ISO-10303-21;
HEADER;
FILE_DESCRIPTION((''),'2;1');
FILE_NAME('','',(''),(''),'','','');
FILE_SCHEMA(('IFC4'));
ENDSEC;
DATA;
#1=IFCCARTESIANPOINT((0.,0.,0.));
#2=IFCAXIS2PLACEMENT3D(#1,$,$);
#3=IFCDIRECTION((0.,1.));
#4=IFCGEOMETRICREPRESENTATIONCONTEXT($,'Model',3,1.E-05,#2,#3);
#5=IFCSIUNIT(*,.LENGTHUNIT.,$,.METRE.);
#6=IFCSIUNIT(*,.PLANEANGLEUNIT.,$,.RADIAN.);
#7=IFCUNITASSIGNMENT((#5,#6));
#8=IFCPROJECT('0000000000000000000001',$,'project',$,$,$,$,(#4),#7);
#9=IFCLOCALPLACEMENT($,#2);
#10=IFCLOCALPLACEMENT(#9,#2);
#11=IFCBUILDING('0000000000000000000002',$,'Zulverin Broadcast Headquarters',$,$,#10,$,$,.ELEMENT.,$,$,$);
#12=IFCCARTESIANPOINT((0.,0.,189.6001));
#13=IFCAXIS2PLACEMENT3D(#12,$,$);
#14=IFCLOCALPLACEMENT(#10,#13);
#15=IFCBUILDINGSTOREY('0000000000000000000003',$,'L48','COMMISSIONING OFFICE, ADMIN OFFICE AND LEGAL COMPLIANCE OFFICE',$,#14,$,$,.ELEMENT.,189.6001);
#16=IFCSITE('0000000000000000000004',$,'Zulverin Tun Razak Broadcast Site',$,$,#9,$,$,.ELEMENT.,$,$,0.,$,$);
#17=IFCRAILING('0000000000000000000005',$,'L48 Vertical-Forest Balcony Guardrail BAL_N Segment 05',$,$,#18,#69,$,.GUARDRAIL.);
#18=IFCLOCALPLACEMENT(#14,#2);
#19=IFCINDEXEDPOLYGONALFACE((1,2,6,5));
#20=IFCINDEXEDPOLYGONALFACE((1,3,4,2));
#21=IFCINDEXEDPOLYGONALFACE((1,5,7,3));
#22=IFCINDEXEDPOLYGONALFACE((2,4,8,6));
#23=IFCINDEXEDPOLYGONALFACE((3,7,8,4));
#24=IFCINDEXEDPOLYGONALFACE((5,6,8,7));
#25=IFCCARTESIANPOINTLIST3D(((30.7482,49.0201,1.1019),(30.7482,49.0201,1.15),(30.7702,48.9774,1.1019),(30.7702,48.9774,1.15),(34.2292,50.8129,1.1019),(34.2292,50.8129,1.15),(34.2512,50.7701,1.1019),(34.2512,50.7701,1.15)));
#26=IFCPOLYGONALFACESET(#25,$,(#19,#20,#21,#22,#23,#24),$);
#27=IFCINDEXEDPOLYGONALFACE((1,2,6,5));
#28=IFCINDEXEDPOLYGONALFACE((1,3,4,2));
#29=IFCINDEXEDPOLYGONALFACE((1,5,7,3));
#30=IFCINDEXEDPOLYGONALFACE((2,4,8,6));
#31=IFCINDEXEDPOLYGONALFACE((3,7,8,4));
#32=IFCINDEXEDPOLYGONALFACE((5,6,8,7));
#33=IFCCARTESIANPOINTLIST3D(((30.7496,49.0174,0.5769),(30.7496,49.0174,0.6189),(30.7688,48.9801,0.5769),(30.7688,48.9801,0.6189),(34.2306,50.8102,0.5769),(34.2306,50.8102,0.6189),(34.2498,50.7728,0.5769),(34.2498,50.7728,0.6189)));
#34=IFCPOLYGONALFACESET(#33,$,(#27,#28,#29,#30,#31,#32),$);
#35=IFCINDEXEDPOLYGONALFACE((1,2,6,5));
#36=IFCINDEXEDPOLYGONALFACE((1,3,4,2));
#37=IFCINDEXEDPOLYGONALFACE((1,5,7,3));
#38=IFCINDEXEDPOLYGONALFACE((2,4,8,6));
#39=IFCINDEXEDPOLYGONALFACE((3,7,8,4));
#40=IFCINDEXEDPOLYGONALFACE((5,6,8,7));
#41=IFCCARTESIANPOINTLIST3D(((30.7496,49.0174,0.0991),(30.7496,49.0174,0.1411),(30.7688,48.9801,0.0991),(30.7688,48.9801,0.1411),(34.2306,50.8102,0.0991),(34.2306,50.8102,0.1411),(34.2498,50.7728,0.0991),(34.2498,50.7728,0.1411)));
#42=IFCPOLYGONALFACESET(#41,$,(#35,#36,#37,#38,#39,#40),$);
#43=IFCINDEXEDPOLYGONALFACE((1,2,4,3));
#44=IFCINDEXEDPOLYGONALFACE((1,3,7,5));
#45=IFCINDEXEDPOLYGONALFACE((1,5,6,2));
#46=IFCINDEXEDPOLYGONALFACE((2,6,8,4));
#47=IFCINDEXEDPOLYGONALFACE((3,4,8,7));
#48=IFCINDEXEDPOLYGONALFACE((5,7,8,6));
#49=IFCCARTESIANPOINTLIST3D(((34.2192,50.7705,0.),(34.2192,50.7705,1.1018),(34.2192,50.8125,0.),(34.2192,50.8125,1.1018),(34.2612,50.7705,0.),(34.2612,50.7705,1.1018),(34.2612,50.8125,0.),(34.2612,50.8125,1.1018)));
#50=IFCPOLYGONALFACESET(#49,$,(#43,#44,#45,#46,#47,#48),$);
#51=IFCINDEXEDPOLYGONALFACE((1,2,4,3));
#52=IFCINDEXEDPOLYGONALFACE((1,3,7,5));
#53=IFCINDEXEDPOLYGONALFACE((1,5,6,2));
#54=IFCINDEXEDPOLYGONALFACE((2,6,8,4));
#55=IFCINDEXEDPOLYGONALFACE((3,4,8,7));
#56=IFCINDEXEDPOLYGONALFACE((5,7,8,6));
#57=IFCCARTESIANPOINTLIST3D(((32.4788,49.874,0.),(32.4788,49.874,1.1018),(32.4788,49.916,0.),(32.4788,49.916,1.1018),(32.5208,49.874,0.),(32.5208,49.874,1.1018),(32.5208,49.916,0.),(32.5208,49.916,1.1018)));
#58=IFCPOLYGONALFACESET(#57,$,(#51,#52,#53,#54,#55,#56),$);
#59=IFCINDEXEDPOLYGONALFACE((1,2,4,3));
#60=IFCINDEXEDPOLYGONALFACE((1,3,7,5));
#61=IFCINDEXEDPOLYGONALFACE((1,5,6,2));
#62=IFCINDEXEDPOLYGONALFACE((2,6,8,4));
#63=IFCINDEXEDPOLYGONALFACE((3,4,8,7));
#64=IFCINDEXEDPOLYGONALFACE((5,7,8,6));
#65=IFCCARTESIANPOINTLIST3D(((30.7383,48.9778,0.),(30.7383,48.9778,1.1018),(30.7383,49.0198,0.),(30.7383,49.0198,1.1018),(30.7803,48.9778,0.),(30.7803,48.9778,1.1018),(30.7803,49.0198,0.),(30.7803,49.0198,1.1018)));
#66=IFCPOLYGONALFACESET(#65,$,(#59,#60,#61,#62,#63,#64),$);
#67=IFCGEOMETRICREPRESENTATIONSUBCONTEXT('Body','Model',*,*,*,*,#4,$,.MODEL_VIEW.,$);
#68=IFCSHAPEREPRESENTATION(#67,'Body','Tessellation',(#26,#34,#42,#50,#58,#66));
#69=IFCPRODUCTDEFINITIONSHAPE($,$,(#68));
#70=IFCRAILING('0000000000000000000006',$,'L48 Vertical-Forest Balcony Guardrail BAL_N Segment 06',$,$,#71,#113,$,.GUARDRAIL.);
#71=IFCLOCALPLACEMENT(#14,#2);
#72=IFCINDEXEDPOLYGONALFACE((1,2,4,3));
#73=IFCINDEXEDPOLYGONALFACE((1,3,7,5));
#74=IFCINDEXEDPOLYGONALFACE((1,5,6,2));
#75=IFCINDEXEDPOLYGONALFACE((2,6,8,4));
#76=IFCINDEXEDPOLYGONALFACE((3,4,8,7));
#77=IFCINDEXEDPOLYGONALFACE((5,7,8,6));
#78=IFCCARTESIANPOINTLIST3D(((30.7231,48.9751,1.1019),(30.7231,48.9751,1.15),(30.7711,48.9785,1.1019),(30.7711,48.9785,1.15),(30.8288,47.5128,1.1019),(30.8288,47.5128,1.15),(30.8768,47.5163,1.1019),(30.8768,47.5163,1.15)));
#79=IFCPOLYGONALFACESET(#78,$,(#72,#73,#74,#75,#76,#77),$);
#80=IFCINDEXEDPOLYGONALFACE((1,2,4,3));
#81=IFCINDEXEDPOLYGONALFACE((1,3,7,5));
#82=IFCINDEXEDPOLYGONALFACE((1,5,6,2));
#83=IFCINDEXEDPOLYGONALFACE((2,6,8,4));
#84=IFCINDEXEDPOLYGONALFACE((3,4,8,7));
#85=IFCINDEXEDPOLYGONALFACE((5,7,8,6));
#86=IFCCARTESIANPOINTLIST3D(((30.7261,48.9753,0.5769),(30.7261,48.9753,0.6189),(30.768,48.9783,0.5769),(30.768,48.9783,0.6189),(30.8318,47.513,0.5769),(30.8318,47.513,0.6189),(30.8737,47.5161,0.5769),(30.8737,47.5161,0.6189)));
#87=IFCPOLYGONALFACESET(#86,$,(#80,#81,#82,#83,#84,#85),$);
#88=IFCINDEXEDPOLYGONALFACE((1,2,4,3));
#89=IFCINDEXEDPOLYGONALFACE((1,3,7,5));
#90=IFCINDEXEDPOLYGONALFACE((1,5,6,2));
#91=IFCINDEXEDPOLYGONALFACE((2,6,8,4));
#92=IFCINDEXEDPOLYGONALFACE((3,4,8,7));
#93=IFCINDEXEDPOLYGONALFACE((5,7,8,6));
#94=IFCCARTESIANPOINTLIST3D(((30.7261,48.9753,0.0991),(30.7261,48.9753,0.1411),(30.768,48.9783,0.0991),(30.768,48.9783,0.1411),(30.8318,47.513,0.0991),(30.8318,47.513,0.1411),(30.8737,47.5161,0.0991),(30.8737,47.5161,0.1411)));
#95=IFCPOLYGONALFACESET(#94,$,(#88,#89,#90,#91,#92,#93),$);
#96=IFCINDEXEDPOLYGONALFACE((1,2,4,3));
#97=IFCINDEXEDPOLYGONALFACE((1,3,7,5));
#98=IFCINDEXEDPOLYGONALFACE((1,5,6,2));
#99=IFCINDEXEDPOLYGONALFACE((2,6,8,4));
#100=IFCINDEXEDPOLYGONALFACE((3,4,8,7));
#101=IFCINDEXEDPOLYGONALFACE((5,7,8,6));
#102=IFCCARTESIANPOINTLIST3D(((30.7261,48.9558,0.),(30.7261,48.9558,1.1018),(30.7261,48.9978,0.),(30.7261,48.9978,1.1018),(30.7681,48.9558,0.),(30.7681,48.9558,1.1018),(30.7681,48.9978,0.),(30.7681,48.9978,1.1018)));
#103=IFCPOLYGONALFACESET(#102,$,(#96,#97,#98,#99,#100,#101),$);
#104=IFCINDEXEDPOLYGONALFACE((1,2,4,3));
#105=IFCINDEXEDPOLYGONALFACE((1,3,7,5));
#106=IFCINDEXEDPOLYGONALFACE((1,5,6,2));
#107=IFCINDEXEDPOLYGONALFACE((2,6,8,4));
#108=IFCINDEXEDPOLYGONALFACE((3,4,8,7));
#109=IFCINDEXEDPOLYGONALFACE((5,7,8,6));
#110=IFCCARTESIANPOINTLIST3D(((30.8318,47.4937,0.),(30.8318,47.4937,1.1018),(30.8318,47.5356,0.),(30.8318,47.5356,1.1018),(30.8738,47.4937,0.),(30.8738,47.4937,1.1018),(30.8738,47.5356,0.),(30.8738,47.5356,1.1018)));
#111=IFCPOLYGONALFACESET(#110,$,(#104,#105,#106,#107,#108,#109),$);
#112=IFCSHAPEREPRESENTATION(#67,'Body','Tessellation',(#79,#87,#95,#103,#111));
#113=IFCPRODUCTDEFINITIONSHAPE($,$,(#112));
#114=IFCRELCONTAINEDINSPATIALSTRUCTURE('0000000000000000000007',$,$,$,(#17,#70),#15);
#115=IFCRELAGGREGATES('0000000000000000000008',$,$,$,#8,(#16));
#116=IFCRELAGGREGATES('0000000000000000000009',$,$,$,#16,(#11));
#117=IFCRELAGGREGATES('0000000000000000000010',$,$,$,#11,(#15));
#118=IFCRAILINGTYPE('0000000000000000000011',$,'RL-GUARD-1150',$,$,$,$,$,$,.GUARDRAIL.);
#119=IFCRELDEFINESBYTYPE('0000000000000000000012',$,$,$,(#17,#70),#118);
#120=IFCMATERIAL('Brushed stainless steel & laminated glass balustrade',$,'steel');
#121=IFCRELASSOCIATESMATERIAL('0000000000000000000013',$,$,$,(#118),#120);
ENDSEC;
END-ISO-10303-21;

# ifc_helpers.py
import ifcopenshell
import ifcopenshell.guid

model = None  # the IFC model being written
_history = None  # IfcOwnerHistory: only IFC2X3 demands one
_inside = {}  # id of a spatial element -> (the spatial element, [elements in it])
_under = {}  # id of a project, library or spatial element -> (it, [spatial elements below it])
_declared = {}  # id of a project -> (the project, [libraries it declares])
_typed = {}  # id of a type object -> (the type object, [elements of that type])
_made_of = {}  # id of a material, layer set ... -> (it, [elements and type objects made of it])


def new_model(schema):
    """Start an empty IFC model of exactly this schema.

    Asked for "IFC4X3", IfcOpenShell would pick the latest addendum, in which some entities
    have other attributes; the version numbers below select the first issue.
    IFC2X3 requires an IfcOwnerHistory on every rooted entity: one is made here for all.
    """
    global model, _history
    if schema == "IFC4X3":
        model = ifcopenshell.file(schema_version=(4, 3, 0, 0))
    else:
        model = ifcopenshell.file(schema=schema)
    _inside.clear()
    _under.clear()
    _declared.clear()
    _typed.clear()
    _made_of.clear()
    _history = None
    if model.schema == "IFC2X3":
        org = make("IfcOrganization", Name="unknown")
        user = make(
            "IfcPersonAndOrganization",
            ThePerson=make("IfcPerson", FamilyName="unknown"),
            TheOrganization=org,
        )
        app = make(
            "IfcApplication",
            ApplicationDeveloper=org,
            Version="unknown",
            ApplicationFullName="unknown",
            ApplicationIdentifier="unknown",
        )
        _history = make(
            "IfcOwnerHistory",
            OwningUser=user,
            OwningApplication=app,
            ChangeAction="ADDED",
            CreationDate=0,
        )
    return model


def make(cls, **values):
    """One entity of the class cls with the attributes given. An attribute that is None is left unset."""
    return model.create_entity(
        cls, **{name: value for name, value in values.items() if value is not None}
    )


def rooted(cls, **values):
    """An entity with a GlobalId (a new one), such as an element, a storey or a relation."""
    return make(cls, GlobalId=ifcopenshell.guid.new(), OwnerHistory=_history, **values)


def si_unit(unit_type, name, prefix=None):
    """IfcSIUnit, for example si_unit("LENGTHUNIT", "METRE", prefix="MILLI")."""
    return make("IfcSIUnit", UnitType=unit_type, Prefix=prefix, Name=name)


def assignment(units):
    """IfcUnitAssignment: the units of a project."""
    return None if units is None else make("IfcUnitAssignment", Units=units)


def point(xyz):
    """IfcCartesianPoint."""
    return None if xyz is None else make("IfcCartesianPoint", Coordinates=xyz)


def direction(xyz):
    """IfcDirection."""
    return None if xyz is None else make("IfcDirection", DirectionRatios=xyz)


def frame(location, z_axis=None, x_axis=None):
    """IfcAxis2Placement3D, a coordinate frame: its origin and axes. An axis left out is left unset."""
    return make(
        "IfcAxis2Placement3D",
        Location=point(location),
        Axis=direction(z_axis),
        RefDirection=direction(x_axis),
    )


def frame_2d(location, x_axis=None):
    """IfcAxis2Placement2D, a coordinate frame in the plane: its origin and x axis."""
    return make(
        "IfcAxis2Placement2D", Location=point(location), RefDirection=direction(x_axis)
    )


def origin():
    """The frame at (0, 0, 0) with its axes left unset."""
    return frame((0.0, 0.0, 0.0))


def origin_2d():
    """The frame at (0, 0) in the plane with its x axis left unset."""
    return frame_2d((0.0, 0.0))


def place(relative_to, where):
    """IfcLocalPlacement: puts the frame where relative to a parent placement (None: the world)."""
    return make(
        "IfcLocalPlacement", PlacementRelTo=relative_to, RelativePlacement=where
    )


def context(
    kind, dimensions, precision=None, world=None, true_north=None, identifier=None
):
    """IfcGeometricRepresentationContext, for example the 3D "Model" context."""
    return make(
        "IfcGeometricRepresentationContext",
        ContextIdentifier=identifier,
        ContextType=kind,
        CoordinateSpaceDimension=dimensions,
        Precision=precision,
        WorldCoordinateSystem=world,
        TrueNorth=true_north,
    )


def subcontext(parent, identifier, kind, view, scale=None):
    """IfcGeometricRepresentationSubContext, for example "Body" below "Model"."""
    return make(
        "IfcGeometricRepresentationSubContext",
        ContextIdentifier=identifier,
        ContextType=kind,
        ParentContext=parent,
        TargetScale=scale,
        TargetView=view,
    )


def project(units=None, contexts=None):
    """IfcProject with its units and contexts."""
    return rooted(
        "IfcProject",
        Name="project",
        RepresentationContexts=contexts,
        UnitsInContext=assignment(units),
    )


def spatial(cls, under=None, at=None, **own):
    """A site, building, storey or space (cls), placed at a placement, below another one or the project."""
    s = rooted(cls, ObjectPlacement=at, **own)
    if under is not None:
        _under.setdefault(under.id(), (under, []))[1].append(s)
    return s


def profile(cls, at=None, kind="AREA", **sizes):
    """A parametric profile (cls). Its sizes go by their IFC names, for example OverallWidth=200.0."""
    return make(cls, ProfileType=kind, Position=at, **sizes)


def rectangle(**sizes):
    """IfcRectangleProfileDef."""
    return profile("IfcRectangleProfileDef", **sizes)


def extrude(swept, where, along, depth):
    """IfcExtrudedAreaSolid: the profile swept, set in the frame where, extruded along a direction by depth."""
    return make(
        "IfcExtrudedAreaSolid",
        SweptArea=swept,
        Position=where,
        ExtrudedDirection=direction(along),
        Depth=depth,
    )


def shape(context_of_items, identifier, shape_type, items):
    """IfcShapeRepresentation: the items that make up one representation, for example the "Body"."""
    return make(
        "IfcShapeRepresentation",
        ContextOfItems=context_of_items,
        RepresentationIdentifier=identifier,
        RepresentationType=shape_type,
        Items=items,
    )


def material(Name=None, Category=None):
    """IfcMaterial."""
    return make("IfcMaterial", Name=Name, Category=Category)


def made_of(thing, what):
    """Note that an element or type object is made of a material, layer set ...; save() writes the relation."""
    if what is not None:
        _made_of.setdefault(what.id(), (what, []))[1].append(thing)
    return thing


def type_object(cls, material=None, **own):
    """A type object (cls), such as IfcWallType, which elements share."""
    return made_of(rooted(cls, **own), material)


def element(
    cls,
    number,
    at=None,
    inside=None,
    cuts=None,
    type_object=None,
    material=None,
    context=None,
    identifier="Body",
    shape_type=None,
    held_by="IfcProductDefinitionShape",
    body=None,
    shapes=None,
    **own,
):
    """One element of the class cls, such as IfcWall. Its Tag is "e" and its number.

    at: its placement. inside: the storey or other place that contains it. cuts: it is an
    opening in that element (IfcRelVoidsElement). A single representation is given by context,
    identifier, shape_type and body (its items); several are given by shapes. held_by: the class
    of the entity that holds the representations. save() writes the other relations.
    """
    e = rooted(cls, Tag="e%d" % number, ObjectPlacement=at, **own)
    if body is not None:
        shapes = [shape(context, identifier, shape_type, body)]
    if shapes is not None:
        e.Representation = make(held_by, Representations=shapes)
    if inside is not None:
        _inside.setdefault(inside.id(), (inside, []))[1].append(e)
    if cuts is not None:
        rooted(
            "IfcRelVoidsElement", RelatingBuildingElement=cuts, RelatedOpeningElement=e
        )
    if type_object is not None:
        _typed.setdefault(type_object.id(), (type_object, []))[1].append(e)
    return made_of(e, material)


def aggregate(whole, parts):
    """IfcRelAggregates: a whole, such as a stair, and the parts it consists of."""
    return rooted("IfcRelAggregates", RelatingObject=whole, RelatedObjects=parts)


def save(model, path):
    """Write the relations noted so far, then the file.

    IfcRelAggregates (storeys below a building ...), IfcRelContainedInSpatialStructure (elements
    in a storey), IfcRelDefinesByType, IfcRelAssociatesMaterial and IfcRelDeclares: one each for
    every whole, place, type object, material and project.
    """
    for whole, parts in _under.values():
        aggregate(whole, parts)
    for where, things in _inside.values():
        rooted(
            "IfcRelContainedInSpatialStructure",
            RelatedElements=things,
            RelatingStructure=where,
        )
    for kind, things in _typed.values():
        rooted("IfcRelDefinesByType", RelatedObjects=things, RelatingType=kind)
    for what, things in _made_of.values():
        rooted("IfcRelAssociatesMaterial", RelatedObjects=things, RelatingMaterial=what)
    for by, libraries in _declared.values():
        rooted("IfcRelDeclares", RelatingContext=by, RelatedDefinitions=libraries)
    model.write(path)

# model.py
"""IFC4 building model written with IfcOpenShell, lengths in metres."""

from ifc_helpers import new_model, si_unit, direction, frame, origin, origin_2d, place, context, subcontext, project, spatial, rectangle, extrude, material, type_object, element, save


model = new_model("IFC4")

# Units and contexts
model_context = context("Model", 3, precision=1e-05, world=origin(), true_north=direction((0.0, 1.0)))
body_context = subcontext(model_context, "Body", "Model", "MODEL_VIEW")
ifc_project = project(units=[si_unit("LENGTHUNIT", "METRE"), si_unit("PLANEANGLEUNIT", "RADIAN")], contexts=[model_context])

# Site, building, storey
site_placement = place(None, origin())
site = spatial("IfcSite", under=ifc_project, at=site_placement, Name="Zulverin Tun Razak Broadcast Site", CompositionType="ELEMENT", RefElevation=0.0)
building_placement = place(site_placement, origin())
building = spatial("IfcBuilding", under=site, at=building_placement, Name="Zulverin Broadcast Headquarters", CompositionType="ELEMENT")
storey_placement = place(building_placement, frame((0.0, 0.0, 189.6001)))
storey = spatial("IfcBuildingStorey", under=building, at=storey_placement, Name="L48", Description="COMMISSIONING OFFICE, ADMIN OFFICE AND LEGAL COMPLIANCE OFFICE", CompositionType="ELEMENT", Elevation=189.6001)

# Railings
ifc_material_1 = material(Name="Brushed stainless steel & laminated glass balustrade", Category="steel")
railing_type = type_object("IfcRailingType", Name="RL-GUARD-1150", PredefinedType="GUARDRAIL", material=ifc_material_1)
railing_1_placement = place(storey_placement, frame((34.2402, 50.7915, 0.0)))
element("IfcRailing", 1, at=railing_1_placement, inside=storey, type_object=railing_type, Name="L48 Vertical-Forest Balcony Guardrail BAL_N Segment 05", PredefinedType="GUARDRAIL", context=body_context, shape_type="SweptSolid", body=[
    extrude(rectangle(XDim=0.0481, YDim=0.0481, at=origin_2d()), frame((0.0, 0.0, 1.126), z_axis=(-0.889026, -0.457857, 0.0), x_axis=(0.457857, -0.889026, 0.0)), (0.0, 0.0, 1.0), 3.9155),
    extrude(rectangle(XDim=0.042, YDim=0.042, at=origin_2d()), frame((0.0, 0.0, 0.5979), z_axis=(-0.889026, -0.457857, 0.0), x_axis=(0.457857, -0.889026, 0.0)), (0.0, 0.0, 1.0), 3.9155),
    extrude(rectangle(XDim=0.042, YDim=0.042, at=origin_2d()), frame((0.0, 0.0, 0.1201), z_axis=(-0.889026, -0.457857, 0.0), x_axis=(0.457857, -0.889026, 0.0)), (0.0, 0.0, 1.0), 3.9155),
    extrude(rectangle(XDim=0.042, YDim=0.042, at=origin_2d()), origin(), (0.0, 0.0, 1.0), 1.1018),
    extrude(rectangle(XDim=0.042, YDim=0.042, at=origin_2d()), frame((-1.7405, -0.8965, 0.0)), (0.0, 0.0, 1.0), 1.1018),
    extrude(rectangle(XDim=0.042, YDim=0.042, at=origin_2d()), frame((-3.481, -1.7927, 0.0)), (0.0, 0.0, 1.0), 1.1018),
])
railing_2_placement = place(storey_placement, frame((30.7471, 48.9768, 0.0)))
element("IfcRailing", 2, at=railing_2_placement, inside=storey, type_object=railing_type, Name="L48 Vertical-Forest Balcony Guardrail BAL_N Segment 06", PredefinedType="GUARDRAIL", context=body_context, shape_type="SweptSolid", body=[
    extrude(rectangle(XDim=0.0481, YDim=0.0481, at=origin_2d()), frame((0.0, 0.0, 1.126), z_axis=(0.072111, -0.997397, 0.0), x_axis=(0.997397, 0.072111, 0.0)), (0.0, 0.0, 1.0), 1.4661),
    extrude(rectangle(XDim=0.042, YDim=0.042, at=origin_2d()), frame((0.0, 0.0, 0.5979), z_axis=(0.072111, -0.997397, 0.0), x_axis=(0.997397, 0.072111, 0.0)), (0.0, 0.0, 1.0), 1.4661),
    extrude(rectangle(XDim=0.042, YDim=0.042, at=origin_2d()), frame((0.0, 0.0, 0.1201), z_axis=(0.072111, -0.997397, 0.0), x_axis=(0.997397, 0.072111, 0.0)), (0.0, 0.0, 1.0), 1.4661),
    extrude(rectangle(XDim=0.042, YDim=0.042, at=origin_2d()), origin(), (0.0, 0.0, 1.0), 1.1018),
    extrude(rectangle(XDim=0.042, YDim=0.042, at=origin_2d()), frame((0.1057, -1.4622, 0.0)), (0.0, 0.0, 1.0), 1.1018),
])

save(model, "model.ifc")
